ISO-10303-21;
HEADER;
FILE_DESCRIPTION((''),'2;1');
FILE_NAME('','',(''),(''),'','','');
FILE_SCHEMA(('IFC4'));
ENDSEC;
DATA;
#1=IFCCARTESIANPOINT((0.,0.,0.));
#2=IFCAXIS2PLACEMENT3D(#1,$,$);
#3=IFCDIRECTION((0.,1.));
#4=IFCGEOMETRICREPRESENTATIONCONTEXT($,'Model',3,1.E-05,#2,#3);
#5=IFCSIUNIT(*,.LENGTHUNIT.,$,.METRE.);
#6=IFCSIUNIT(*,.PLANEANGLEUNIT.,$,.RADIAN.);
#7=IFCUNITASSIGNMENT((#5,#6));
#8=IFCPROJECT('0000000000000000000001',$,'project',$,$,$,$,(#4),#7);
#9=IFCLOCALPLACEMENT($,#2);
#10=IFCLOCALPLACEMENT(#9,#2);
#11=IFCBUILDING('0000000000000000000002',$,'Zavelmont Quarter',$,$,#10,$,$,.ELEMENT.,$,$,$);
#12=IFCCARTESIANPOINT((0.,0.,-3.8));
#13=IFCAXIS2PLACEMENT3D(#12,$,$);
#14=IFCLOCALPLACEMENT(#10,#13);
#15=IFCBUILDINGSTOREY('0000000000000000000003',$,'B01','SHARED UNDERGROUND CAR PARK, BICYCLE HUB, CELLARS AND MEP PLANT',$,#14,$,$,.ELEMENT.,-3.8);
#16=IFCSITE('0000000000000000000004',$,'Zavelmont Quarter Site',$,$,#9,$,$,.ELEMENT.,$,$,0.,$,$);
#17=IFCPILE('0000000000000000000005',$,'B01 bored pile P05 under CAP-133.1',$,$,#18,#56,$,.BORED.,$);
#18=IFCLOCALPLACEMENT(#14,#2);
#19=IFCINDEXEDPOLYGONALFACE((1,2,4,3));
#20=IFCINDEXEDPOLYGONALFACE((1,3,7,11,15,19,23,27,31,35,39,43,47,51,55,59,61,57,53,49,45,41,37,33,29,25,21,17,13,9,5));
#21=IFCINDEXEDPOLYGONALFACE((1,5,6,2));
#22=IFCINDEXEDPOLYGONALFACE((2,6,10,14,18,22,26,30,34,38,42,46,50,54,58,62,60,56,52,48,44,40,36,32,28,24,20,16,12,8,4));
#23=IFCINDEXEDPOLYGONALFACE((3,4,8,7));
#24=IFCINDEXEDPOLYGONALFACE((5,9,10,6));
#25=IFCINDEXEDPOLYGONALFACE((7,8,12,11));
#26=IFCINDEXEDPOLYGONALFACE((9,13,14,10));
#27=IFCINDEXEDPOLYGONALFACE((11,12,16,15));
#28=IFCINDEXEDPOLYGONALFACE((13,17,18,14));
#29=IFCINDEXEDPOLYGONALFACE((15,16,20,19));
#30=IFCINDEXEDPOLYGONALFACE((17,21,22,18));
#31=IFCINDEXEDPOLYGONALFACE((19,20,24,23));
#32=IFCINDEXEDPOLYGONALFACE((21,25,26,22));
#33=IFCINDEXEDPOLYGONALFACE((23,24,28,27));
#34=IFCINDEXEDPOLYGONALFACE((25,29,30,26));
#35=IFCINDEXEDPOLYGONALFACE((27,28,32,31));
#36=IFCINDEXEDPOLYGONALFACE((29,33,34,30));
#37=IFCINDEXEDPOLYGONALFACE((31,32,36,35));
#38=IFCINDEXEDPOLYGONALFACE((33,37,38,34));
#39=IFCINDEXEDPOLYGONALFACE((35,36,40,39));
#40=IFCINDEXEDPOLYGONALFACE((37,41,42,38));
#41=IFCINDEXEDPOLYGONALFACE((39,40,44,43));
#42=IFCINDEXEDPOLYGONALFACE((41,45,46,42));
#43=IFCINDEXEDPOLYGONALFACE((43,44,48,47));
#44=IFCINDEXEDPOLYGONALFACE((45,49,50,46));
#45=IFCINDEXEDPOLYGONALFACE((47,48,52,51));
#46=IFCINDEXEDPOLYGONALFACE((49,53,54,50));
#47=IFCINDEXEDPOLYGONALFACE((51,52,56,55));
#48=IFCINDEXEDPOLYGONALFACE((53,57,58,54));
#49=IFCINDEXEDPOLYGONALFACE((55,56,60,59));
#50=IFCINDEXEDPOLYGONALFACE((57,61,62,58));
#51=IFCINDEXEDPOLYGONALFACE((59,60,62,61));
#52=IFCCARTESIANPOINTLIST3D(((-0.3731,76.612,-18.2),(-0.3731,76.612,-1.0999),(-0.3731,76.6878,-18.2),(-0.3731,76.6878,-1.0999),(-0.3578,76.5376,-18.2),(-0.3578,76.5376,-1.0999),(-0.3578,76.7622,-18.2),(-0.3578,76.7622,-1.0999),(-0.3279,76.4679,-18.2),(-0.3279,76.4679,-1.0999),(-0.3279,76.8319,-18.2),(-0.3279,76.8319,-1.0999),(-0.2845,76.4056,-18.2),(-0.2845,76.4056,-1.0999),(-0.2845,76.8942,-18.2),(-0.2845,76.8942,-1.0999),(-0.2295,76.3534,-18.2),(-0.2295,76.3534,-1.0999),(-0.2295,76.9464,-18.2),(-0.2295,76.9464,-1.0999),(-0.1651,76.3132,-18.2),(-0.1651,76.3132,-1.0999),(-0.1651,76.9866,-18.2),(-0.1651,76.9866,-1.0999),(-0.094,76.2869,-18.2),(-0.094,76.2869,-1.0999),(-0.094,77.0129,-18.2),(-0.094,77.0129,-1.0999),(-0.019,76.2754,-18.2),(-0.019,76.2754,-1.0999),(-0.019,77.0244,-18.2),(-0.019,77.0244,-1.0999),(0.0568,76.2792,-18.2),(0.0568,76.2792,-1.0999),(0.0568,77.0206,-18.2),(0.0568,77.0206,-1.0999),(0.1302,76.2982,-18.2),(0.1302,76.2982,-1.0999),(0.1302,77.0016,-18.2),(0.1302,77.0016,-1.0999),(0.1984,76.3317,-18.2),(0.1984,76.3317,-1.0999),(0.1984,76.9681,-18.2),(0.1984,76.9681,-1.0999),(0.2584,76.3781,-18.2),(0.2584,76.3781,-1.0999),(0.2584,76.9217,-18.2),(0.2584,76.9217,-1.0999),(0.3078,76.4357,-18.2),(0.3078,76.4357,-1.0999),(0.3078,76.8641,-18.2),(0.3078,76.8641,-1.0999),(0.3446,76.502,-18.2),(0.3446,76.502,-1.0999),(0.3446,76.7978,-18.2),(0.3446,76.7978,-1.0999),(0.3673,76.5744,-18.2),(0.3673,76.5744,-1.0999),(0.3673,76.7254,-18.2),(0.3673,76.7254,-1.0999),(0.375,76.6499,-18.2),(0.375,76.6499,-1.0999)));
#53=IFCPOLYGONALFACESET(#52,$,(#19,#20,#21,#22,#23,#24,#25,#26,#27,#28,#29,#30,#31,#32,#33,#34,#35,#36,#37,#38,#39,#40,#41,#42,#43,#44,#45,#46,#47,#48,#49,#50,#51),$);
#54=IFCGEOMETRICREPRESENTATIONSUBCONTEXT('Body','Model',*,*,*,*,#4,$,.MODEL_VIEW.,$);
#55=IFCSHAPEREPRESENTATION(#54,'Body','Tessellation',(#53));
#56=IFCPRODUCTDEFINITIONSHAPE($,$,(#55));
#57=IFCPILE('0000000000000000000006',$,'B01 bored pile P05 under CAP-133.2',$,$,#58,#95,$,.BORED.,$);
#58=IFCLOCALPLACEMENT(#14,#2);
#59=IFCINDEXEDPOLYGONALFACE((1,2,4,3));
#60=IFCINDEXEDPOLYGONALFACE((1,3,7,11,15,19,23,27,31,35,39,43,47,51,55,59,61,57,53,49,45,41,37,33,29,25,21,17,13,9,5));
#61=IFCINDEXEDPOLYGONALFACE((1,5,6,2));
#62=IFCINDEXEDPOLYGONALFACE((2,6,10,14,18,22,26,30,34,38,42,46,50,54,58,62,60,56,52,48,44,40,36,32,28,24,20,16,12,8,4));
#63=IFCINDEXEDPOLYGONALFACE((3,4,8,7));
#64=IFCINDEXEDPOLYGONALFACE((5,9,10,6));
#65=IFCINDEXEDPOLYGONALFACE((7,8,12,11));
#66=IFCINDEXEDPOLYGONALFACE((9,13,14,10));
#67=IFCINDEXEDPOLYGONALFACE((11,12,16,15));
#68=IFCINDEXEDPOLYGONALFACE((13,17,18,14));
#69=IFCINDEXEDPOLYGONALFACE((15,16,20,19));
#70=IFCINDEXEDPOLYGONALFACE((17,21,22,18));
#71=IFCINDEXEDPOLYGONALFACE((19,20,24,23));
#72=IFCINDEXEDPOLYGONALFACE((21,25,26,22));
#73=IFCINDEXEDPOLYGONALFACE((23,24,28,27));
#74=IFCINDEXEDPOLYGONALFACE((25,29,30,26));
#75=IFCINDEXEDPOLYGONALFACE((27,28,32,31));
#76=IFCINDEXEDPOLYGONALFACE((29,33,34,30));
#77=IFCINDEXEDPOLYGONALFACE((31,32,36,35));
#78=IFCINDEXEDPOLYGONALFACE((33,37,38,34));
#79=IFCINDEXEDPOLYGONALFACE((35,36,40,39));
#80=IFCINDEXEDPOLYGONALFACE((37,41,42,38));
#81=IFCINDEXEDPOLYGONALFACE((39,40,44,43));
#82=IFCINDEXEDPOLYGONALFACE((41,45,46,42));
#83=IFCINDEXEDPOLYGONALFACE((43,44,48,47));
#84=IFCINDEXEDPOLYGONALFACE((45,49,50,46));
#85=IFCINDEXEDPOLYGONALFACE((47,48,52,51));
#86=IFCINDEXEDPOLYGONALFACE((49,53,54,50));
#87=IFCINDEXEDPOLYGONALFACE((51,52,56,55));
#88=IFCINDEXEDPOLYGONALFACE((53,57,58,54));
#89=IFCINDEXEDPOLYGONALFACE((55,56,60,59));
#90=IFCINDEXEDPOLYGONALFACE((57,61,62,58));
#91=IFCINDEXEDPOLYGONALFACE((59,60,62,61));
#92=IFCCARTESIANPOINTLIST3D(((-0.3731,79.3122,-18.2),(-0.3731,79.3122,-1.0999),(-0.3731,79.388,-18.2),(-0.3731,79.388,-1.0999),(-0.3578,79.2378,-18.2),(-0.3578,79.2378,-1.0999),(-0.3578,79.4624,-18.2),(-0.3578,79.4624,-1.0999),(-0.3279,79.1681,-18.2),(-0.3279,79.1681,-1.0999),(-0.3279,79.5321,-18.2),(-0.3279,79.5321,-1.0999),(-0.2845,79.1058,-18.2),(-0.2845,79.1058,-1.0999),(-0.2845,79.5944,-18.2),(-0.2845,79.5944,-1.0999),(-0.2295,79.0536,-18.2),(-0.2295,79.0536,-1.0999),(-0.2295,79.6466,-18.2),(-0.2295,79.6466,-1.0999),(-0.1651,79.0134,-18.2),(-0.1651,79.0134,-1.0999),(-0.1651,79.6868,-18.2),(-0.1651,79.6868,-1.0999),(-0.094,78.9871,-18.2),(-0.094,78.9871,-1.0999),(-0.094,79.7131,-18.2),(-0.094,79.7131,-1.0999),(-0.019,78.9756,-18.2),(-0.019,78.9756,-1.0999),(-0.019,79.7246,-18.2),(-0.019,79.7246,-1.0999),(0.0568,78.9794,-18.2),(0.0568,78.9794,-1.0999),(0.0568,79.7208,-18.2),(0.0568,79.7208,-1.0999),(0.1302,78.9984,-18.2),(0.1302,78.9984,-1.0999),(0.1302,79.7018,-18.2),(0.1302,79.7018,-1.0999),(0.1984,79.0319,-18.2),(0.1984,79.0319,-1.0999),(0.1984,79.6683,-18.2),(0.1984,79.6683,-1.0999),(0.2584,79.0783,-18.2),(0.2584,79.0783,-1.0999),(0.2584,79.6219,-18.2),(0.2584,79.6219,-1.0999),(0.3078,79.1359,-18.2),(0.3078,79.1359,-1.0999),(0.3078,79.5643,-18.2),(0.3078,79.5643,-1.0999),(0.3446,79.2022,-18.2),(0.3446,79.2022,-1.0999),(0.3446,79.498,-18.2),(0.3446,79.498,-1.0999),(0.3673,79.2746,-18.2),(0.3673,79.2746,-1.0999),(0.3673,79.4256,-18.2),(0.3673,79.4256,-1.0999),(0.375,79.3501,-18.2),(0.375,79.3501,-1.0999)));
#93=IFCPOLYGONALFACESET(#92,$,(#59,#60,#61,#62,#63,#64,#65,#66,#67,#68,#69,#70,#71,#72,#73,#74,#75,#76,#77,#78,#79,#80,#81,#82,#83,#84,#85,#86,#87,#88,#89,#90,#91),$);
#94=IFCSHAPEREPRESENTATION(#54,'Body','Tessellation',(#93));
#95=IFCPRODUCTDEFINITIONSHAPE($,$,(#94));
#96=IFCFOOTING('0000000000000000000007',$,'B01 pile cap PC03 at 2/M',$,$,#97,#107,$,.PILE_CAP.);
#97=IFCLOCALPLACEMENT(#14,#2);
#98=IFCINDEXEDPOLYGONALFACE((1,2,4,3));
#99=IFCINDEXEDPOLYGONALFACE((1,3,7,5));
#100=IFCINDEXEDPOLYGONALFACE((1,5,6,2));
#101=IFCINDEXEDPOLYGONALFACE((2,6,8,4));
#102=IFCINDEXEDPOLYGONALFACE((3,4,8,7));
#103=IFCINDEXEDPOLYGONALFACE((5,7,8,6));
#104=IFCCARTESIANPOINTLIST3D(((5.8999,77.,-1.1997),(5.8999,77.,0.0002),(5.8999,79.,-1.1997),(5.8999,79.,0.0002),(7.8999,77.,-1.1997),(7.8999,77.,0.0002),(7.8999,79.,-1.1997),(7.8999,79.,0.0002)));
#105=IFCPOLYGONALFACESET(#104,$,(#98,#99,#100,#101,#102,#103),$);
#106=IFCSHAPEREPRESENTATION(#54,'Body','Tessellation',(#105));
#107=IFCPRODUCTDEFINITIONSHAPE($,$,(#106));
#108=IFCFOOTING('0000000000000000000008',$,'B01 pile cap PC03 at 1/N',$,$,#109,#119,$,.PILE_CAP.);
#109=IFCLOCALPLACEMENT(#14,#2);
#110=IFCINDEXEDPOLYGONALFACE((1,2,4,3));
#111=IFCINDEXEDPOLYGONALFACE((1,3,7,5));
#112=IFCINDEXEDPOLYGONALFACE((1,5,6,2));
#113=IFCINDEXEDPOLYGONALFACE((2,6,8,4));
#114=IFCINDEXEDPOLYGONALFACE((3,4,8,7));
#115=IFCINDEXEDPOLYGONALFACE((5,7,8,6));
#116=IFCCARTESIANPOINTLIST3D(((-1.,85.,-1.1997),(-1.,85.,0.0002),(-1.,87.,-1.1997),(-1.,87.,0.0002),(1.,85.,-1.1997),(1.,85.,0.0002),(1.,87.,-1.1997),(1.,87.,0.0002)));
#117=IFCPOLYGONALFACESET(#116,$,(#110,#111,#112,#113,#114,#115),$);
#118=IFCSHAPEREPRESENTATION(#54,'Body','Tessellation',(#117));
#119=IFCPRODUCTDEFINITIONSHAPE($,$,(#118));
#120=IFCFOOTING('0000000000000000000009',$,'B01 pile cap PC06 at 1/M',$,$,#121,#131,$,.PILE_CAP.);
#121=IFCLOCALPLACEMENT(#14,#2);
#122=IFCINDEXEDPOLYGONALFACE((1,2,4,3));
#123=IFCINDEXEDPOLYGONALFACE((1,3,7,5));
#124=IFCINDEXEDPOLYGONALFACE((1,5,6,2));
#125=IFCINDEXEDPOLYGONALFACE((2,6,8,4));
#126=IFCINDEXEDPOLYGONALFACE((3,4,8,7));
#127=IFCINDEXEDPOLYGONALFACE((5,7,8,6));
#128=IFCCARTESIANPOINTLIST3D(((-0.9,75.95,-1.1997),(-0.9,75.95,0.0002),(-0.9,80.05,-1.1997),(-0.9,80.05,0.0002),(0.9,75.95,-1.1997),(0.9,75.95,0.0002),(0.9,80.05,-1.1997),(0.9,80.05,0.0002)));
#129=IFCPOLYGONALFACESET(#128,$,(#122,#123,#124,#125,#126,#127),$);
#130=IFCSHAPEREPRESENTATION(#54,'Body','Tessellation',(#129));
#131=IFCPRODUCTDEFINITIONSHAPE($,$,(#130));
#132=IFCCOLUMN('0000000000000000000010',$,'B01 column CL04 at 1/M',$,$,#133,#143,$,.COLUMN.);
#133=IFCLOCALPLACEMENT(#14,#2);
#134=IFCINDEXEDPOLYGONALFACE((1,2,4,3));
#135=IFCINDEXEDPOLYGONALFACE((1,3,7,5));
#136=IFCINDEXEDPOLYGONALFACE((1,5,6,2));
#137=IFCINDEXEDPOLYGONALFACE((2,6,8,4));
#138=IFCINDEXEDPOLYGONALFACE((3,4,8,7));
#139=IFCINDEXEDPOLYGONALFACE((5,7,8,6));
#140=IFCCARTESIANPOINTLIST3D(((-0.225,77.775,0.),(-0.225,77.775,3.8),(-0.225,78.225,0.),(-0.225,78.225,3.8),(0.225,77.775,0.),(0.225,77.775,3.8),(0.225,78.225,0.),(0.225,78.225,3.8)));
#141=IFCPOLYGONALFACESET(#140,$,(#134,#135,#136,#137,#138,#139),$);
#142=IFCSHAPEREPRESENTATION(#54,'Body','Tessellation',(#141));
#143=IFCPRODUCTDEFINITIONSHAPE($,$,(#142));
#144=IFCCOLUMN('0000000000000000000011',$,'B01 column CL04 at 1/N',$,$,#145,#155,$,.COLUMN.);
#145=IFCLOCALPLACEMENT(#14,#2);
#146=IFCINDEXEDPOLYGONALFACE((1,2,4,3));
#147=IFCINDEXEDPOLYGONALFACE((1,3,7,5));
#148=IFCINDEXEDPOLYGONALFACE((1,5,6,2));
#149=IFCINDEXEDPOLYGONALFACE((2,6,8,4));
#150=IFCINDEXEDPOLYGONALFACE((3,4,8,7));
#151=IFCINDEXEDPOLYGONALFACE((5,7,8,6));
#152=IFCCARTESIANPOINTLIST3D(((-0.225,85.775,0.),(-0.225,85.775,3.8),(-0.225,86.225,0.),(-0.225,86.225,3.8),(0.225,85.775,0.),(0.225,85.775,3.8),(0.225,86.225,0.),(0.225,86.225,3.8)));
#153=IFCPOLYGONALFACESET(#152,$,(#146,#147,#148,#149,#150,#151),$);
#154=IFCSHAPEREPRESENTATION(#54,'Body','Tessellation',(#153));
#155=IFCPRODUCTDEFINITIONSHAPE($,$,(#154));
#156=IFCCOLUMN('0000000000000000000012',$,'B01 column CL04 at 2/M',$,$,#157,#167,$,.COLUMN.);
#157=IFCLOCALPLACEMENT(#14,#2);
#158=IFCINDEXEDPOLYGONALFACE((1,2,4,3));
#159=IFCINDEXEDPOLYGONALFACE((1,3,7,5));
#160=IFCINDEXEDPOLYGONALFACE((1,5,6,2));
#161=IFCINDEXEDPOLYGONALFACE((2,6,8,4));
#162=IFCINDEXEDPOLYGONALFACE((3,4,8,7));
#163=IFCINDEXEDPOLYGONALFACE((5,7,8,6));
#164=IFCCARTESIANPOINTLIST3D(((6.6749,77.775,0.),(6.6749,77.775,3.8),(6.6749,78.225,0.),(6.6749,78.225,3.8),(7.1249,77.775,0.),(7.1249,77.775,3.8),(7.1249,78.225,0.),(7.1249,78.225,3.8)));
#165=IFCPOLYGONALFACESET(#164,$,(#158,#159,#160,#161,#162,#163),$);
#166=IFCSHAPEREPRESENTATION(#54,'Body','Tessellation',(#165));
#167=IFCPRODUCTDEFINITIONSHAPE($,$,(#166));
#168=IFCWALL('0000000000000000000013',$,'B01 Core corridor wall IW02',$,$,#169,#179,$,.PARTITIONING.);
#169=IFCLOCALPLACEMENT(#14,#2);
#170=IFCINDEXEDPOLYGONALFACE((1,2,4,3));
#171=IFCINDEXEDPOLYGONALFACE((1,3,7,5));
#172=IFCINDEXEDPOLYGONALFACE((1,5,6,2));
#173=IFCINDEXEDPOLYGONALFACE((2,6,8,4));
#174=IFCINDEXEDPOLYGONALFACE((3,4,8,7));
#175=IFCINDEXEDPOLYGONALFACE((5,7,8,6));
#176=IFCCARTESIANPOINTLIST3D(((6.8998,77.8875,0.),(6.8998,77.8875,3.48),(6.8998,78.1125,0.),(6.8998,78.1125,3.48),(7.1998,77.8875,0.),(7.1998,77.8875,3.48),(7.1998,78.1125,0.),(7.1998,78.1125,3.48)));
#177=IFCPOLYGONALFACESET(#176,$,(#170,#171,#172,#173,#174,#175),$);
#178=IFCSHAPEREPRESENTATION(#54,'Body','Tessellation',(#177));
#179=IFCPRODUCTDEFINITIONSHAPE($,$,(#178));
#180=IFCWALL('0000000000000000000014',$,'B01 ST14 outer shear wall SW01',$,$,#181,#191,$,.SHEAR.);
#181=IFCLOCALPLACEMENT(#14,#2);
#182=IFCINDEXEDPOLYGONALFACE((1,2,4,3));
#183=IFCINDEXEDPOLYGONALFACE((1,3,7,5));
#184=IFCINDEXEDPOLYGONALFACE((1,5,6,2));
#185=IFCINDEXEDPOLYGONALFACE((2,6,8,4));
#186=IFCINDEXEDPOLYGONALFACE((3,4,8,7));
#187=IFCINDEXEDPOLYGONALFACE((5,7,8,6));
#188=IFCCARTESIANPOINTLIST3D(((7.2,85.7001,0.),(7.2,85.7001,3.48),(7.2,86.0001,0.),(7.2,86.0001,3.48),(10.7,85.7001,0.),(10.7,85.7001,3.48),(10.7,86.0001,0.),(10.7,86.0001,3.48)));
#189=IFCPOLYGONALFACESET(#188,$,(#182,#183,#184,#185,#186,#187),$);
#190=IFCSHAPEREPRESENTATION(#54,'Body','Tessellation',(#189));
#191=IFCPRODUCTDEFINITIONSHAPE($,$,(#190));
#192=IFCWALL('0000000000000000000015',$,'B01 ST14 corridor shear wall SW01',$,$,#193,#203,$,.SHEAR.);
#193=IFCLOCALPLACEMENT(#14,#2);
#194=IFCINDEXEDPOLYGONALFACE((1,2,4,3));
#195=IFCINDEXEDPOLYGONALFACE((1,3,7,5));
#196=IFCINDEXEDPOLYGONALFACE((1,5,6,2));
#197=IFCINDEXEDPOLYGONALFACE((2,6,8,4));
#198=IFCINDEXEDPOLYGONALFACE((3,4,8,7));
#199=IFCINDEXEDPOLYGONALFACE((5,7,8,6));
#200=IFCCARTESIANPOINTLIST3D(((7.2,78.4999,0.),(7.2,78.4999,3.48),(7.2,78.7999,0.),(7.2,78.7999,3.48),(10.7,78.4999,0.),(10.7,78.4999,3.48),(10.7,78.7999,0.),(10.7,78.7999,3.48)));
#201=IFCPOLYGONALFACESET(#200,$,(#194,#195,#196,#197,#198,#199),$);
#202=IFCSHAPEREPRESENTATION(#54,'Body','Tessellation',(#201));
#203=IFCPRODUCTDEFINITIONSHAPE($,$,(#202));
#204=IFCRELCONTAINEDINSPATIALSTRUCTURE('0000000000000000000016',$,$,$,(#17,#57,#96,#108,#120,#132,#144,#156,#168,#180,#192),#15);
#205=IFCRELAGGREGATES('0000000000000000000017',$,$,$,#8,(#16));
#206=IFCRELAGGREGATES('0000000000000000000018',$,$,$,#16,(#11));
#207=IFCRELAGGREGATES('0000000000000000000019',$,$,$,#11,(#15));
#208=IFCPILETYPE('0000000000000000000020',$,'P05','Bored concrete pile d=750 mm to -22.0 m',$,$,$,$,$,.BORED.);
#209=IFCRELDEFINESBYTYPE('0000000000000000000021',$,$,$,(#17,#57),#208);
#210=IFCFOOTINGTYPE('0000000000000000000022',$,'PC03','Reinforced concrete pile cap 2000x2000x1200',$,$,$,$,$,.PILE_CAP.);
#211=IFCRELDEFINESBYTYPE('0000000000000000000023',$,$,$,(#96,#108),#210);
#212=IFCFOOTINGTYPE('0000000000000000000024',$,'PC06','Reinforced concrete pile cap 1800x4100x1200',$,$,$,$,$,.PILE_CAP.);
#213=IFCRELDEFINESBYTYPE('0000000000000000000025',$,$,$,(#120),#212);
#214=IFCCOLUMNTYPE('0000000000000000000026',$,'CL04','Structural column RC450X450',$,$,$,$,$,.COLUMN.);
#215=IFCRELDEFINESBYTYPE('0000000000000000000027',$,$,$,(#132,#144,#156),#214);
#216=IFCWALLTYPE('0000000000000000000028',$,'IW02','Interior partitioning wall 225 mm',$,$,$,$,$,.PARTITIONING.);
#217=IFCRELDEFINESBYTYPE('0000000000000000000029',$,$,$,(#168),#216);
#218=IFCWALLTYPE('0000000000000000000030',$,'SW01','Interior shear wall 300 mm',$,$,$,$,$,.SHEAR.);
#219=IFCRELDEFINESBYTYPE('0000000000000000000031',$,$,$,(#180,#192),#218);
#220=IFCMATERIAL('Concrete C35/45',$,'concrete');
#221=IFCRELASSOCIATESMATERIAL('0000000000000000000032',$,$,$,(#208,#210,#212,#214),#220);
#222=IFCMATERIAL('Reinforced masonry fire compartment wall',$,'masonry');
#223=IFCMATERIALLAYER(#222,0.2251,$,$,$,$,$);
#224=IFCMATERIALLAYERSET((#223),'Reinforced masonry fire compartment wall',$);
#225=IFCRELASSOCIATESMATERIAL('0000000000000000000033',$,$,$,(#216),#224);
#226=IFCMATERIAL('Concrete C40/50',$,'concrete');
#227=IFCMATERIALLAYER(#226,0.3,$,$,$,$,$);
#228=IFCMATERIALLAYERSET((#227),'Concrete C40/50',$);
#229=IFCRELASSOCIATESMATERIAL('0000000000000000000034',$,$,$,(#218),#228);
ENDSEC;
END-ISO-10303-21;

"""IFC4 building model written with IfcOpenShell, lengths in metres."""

from ifc_helpers import new_model, si_unit, direction, frame, frame_2d, origin, origin_2d, place, context, subcontext, project, spatial, rectangle, circle, extrude, material, layer, layer_set, material_profile, profile_set, type_object, element, save


model = new_model("IFC4")

# Units and contexts
model_context = context("Model", 3, precision=1e-05, world=origin(), true_north=direction((0.0, 1.0)))
body_context = subcontext(model_context, "Body", "Model", "MODEL_VIEW")
ifc_project = project(units=[si_unit("LENGTHUNIT", "METRE"), si_unit("PLANEANGLEUNIT", "RADIAN")], contexts=[model_context])

# Site, building, storey
site_placement = place(None, origin())
site = spatial("IfcSite", under=ifc_project, at=site_placement, Name="Zavelmont Quarter Site", CompositionType="ELEMENT", RefElevation=0.0)
building_placement = place(site_placement, origin())
building = spatial("IfcBuilding", under=site, at=building_placement, Name="Zavelmont Quarter", CompositionType="ELEMENT")
storey_placement = place(building_placement, frame((0.0, 0.0, -3.8)))
storey = spatial("IfcBuildingStorey", under=building, at=storey_placement, Name="B01", Description="SHARED UNDERGROUND CAR PARK, BICYCLE HUB, CELLARS AND MEP PLANT", CompositionType="ELEMENT", Elevation=-3.8)

# Shared definitions
ifc_material_1 = material(Name="Concrete C35/45", Category="concrete")

# Piles
ifc_material_profile_1 = material_profile(ifc_material_1, circle(Radius=0.375, at=origin_2d()), Name="BP750")
ifc_profile_set_1 = profile_set([ifc_material_profile_1], Name="Concrete C35/45")
pile_type_1 = type_object("IfcPileType", Name="P05", Description="Bored concrete pile d=750 mm to -22.0 m", PredefinedType="BORED", material=ifc_profile_set_1)
for number, where, z_axis, x_axis, name in (
    (1, (0.0, 76.6499, -1.0999), (0.0, 0.0, -1.0), (1.0, 0.0, 0.0), "B01 bored pile P05 under CAP-133.1"),
    (2, (0.0, 79.3501, -1.0999), (0.0, 0.0, -1.0), (1.0, 0.0, 0.0), "B01 bored pile P05 under CAP-133.2"),
):
    element("IfcPile", number, at=place(storey_placement, frame(where, z_axis=z_axis, x_axis=x_axis)), inside=storey, type_object=pile_type_1, Name=name, PredefinedType="BORED", context=body_context, shape_type="SweptSolid", body=[
        extrude(circle(Radius=0.375, at=origin_2d()), origin(), (0.0, 0.0, 1.0), 17.1001),
    ])

# Footings
footing_type_1 = type_object("IfcFootingType", Name="PC03", Description="Reinforced concrete pile cap 2000x2000x1200", PredefinedType="PILE_CAP", material=ifc_material_1)
for number, where, z_axis, x_axis, name in (
    (3, (6.8999, 78.0, -1.1997), (0.0, 0.0, 1.0), (1.0, 0.0, 0.0), "B01 pile cap PC03 at 2/M"),
    (4, (0.0, 86.0, -1.1997), (0.0, 0.0, 1.0), (1.0, 0.0, 0.0), "B01 pile cap PC03 at 1/N"),
):
    element("IfcFooting", number, at=place(storey_placement, frame(where, z_axis=z_axis, x_axis=x_axis)), inside=storey, type_object=footing_type_1, Name=name, PredefinedType="PILE_CAP", context=body_context, shape_type="SweptSolid", body=[
        extrude(rectangle(XDim=2.0, YDim=2.0, at=origin_2d()), origin(), (0.0, 0.0, 1.0), 1.2),
    ])
footing_type_2 = type_object("IfcFootingType", Name="PC06", Description="Reinforced concrete pile cap 1800x4100x1200", PredefinedType="PILE_CAP", material=ifc_material_1)
footing_1_placement = place(storey_placement, frame((0.0, 78.0, -1.1997), z_axis=(0.0, 0.0, 1.0), x_axis=(1.0, 0.0, 0.0)))
element("IfcFooting", 5, at=footing_1_placement, inside=storey, type_object=footing_type_2, Name="B01 pile cap PC06 at 1/M", PredefinedType="PILE_CAP", context=body_context, shape_type="SweptSolid", body=[
    extrude(rectangle(XDim=1.8, YDim=4.1001, at=origin_2d()), origin(), (0.0, 0.0, 1.0), 1.2),
])

# Columns
ifc_material_profile_2 = material_profile(ifc_material_1, rectangle(XDim=0.45, YDim=0.45, at=origin_2d()), Name="RC450X450")
ifc_profile_set_2 = profile_set([ifc_material_profile_2], Name="Concrete C35/45")
column_type = type_object("IfcColumnType", Name="CL04", Description="Structural column RC450X450", PredefinedType="COLUMN", material=ifc_profile_set_2)
for number, where, z_axis, x_axis, name in (
    (6, (0.0, 78.0, 0.0), (0.0, 0.0, 1.0), (1.0, 0.0, 0.0), "B01 column CL04 at 1/M"),
    (7, (0.0, 86.0, 0.0), (0.0, 0.0, 1.0), (1.0, 0.0, 0.0), "B01 column CL04 at 1/N"),
    (8, (6.8999, 78.0, 0.0), (0.0, 0.0, 1.0), (1.0, 0.0, 0.0), "B01 column CL04 at 2/M"),
):
    element("IfcColumn", number, at=place(storey_placement, frame(where, z_axis=z_axis, x_axis=x_axis)), inside=storey, type_object=column_type, Name=name, PredefinedType="COLUMN", context=body_context, shape_type="SweptSolid", body=[
        extrude(rectangle(XDim=0.45, YDim=0.45, at=origin_2d()), origin(), (0.0, 0.0, 1.0), 3.8),
    ])

# Walls
ifc_material_2 = material(Name="Reinforced masonry fire compartment wall", Category="masonry")
ifc_layer_1 = layer(ifc_material_2, 0.2251)
ifc_layer_set_1 = layer_set([ifc_layer_1], Name="Reinforced masonry fire compartment wall")
wall_type_1 = type_object("IfcWallType", Name="IW02", Description="Interior partitioning wall 225 mm", PredefinedType="PARTITIONING", material=ifc_layer_set_1)
wall_1_placement = place(storey_placement, frame((6.8999, 78.0, 0.0), z_axis=(0.0, 0.0, 1.0), x_axis=(1.0, 0.0, 0.0)))
element("IfcWall", 9, at=wall_1_placement, inside=storey, type_object=wall_type_1, Name="B01 Core corridor wall IW02", PredefinedType="PARTITIONING", context=body_context, shape_type="SweptSolid", body=[
    extrude(rectangle(XDim=0.3, YDim=0.2251, at=frame_2d((0.1499, 0.0))), origin(), (0.0, 0.0, 1.0), 3.48),
])
ifc_material_3 = material(Name="Concrete C40/50", Category="concrete")
ifc_layer_2 = layer(ifc_material_3, 0.3)
ifc_layer_set_2 = layer_set([ifc_layer_2], Name="Concrete C40/50")
wall_type_2 = type_object("IfcWallType", Name="SW01", Description="Interior shear wall 300 mm", PredefinedType="SHEAR", material=ifc_layer_set_2)
for number, where, z_axis, x_axis, name in (
    (10, (7.2, 85.8501, 0.0), (0.0, 0.0, 1.0), (1.0, 0.0, 0.0), "B01 ST14 outer shear wall SW01"),
    (11, (7.2, 78.6499, 0.0), (0.0, 0.0, 1.0), (1.0, 0.0, 0.0), "B01 ST14 corridor shear wall SW01"),
):
    element("IfcWall", number, at=place(storey_placement, frame(where, z_axis=z_axis, x_axis=x_axis)), inside=storey, type_object=wall_type_2, Name=name, PredefinedType="SHEAR", context=body_context, shape_type="SweptSolid", body=[
        extrude(rectangle(XDim=3.5, YDim=0.3, at=frame_2d((1.75, 0.0))), origin(), (0.0, 0.0, 1.0), 3.48),
    ])

save(model, "model.ifc")
